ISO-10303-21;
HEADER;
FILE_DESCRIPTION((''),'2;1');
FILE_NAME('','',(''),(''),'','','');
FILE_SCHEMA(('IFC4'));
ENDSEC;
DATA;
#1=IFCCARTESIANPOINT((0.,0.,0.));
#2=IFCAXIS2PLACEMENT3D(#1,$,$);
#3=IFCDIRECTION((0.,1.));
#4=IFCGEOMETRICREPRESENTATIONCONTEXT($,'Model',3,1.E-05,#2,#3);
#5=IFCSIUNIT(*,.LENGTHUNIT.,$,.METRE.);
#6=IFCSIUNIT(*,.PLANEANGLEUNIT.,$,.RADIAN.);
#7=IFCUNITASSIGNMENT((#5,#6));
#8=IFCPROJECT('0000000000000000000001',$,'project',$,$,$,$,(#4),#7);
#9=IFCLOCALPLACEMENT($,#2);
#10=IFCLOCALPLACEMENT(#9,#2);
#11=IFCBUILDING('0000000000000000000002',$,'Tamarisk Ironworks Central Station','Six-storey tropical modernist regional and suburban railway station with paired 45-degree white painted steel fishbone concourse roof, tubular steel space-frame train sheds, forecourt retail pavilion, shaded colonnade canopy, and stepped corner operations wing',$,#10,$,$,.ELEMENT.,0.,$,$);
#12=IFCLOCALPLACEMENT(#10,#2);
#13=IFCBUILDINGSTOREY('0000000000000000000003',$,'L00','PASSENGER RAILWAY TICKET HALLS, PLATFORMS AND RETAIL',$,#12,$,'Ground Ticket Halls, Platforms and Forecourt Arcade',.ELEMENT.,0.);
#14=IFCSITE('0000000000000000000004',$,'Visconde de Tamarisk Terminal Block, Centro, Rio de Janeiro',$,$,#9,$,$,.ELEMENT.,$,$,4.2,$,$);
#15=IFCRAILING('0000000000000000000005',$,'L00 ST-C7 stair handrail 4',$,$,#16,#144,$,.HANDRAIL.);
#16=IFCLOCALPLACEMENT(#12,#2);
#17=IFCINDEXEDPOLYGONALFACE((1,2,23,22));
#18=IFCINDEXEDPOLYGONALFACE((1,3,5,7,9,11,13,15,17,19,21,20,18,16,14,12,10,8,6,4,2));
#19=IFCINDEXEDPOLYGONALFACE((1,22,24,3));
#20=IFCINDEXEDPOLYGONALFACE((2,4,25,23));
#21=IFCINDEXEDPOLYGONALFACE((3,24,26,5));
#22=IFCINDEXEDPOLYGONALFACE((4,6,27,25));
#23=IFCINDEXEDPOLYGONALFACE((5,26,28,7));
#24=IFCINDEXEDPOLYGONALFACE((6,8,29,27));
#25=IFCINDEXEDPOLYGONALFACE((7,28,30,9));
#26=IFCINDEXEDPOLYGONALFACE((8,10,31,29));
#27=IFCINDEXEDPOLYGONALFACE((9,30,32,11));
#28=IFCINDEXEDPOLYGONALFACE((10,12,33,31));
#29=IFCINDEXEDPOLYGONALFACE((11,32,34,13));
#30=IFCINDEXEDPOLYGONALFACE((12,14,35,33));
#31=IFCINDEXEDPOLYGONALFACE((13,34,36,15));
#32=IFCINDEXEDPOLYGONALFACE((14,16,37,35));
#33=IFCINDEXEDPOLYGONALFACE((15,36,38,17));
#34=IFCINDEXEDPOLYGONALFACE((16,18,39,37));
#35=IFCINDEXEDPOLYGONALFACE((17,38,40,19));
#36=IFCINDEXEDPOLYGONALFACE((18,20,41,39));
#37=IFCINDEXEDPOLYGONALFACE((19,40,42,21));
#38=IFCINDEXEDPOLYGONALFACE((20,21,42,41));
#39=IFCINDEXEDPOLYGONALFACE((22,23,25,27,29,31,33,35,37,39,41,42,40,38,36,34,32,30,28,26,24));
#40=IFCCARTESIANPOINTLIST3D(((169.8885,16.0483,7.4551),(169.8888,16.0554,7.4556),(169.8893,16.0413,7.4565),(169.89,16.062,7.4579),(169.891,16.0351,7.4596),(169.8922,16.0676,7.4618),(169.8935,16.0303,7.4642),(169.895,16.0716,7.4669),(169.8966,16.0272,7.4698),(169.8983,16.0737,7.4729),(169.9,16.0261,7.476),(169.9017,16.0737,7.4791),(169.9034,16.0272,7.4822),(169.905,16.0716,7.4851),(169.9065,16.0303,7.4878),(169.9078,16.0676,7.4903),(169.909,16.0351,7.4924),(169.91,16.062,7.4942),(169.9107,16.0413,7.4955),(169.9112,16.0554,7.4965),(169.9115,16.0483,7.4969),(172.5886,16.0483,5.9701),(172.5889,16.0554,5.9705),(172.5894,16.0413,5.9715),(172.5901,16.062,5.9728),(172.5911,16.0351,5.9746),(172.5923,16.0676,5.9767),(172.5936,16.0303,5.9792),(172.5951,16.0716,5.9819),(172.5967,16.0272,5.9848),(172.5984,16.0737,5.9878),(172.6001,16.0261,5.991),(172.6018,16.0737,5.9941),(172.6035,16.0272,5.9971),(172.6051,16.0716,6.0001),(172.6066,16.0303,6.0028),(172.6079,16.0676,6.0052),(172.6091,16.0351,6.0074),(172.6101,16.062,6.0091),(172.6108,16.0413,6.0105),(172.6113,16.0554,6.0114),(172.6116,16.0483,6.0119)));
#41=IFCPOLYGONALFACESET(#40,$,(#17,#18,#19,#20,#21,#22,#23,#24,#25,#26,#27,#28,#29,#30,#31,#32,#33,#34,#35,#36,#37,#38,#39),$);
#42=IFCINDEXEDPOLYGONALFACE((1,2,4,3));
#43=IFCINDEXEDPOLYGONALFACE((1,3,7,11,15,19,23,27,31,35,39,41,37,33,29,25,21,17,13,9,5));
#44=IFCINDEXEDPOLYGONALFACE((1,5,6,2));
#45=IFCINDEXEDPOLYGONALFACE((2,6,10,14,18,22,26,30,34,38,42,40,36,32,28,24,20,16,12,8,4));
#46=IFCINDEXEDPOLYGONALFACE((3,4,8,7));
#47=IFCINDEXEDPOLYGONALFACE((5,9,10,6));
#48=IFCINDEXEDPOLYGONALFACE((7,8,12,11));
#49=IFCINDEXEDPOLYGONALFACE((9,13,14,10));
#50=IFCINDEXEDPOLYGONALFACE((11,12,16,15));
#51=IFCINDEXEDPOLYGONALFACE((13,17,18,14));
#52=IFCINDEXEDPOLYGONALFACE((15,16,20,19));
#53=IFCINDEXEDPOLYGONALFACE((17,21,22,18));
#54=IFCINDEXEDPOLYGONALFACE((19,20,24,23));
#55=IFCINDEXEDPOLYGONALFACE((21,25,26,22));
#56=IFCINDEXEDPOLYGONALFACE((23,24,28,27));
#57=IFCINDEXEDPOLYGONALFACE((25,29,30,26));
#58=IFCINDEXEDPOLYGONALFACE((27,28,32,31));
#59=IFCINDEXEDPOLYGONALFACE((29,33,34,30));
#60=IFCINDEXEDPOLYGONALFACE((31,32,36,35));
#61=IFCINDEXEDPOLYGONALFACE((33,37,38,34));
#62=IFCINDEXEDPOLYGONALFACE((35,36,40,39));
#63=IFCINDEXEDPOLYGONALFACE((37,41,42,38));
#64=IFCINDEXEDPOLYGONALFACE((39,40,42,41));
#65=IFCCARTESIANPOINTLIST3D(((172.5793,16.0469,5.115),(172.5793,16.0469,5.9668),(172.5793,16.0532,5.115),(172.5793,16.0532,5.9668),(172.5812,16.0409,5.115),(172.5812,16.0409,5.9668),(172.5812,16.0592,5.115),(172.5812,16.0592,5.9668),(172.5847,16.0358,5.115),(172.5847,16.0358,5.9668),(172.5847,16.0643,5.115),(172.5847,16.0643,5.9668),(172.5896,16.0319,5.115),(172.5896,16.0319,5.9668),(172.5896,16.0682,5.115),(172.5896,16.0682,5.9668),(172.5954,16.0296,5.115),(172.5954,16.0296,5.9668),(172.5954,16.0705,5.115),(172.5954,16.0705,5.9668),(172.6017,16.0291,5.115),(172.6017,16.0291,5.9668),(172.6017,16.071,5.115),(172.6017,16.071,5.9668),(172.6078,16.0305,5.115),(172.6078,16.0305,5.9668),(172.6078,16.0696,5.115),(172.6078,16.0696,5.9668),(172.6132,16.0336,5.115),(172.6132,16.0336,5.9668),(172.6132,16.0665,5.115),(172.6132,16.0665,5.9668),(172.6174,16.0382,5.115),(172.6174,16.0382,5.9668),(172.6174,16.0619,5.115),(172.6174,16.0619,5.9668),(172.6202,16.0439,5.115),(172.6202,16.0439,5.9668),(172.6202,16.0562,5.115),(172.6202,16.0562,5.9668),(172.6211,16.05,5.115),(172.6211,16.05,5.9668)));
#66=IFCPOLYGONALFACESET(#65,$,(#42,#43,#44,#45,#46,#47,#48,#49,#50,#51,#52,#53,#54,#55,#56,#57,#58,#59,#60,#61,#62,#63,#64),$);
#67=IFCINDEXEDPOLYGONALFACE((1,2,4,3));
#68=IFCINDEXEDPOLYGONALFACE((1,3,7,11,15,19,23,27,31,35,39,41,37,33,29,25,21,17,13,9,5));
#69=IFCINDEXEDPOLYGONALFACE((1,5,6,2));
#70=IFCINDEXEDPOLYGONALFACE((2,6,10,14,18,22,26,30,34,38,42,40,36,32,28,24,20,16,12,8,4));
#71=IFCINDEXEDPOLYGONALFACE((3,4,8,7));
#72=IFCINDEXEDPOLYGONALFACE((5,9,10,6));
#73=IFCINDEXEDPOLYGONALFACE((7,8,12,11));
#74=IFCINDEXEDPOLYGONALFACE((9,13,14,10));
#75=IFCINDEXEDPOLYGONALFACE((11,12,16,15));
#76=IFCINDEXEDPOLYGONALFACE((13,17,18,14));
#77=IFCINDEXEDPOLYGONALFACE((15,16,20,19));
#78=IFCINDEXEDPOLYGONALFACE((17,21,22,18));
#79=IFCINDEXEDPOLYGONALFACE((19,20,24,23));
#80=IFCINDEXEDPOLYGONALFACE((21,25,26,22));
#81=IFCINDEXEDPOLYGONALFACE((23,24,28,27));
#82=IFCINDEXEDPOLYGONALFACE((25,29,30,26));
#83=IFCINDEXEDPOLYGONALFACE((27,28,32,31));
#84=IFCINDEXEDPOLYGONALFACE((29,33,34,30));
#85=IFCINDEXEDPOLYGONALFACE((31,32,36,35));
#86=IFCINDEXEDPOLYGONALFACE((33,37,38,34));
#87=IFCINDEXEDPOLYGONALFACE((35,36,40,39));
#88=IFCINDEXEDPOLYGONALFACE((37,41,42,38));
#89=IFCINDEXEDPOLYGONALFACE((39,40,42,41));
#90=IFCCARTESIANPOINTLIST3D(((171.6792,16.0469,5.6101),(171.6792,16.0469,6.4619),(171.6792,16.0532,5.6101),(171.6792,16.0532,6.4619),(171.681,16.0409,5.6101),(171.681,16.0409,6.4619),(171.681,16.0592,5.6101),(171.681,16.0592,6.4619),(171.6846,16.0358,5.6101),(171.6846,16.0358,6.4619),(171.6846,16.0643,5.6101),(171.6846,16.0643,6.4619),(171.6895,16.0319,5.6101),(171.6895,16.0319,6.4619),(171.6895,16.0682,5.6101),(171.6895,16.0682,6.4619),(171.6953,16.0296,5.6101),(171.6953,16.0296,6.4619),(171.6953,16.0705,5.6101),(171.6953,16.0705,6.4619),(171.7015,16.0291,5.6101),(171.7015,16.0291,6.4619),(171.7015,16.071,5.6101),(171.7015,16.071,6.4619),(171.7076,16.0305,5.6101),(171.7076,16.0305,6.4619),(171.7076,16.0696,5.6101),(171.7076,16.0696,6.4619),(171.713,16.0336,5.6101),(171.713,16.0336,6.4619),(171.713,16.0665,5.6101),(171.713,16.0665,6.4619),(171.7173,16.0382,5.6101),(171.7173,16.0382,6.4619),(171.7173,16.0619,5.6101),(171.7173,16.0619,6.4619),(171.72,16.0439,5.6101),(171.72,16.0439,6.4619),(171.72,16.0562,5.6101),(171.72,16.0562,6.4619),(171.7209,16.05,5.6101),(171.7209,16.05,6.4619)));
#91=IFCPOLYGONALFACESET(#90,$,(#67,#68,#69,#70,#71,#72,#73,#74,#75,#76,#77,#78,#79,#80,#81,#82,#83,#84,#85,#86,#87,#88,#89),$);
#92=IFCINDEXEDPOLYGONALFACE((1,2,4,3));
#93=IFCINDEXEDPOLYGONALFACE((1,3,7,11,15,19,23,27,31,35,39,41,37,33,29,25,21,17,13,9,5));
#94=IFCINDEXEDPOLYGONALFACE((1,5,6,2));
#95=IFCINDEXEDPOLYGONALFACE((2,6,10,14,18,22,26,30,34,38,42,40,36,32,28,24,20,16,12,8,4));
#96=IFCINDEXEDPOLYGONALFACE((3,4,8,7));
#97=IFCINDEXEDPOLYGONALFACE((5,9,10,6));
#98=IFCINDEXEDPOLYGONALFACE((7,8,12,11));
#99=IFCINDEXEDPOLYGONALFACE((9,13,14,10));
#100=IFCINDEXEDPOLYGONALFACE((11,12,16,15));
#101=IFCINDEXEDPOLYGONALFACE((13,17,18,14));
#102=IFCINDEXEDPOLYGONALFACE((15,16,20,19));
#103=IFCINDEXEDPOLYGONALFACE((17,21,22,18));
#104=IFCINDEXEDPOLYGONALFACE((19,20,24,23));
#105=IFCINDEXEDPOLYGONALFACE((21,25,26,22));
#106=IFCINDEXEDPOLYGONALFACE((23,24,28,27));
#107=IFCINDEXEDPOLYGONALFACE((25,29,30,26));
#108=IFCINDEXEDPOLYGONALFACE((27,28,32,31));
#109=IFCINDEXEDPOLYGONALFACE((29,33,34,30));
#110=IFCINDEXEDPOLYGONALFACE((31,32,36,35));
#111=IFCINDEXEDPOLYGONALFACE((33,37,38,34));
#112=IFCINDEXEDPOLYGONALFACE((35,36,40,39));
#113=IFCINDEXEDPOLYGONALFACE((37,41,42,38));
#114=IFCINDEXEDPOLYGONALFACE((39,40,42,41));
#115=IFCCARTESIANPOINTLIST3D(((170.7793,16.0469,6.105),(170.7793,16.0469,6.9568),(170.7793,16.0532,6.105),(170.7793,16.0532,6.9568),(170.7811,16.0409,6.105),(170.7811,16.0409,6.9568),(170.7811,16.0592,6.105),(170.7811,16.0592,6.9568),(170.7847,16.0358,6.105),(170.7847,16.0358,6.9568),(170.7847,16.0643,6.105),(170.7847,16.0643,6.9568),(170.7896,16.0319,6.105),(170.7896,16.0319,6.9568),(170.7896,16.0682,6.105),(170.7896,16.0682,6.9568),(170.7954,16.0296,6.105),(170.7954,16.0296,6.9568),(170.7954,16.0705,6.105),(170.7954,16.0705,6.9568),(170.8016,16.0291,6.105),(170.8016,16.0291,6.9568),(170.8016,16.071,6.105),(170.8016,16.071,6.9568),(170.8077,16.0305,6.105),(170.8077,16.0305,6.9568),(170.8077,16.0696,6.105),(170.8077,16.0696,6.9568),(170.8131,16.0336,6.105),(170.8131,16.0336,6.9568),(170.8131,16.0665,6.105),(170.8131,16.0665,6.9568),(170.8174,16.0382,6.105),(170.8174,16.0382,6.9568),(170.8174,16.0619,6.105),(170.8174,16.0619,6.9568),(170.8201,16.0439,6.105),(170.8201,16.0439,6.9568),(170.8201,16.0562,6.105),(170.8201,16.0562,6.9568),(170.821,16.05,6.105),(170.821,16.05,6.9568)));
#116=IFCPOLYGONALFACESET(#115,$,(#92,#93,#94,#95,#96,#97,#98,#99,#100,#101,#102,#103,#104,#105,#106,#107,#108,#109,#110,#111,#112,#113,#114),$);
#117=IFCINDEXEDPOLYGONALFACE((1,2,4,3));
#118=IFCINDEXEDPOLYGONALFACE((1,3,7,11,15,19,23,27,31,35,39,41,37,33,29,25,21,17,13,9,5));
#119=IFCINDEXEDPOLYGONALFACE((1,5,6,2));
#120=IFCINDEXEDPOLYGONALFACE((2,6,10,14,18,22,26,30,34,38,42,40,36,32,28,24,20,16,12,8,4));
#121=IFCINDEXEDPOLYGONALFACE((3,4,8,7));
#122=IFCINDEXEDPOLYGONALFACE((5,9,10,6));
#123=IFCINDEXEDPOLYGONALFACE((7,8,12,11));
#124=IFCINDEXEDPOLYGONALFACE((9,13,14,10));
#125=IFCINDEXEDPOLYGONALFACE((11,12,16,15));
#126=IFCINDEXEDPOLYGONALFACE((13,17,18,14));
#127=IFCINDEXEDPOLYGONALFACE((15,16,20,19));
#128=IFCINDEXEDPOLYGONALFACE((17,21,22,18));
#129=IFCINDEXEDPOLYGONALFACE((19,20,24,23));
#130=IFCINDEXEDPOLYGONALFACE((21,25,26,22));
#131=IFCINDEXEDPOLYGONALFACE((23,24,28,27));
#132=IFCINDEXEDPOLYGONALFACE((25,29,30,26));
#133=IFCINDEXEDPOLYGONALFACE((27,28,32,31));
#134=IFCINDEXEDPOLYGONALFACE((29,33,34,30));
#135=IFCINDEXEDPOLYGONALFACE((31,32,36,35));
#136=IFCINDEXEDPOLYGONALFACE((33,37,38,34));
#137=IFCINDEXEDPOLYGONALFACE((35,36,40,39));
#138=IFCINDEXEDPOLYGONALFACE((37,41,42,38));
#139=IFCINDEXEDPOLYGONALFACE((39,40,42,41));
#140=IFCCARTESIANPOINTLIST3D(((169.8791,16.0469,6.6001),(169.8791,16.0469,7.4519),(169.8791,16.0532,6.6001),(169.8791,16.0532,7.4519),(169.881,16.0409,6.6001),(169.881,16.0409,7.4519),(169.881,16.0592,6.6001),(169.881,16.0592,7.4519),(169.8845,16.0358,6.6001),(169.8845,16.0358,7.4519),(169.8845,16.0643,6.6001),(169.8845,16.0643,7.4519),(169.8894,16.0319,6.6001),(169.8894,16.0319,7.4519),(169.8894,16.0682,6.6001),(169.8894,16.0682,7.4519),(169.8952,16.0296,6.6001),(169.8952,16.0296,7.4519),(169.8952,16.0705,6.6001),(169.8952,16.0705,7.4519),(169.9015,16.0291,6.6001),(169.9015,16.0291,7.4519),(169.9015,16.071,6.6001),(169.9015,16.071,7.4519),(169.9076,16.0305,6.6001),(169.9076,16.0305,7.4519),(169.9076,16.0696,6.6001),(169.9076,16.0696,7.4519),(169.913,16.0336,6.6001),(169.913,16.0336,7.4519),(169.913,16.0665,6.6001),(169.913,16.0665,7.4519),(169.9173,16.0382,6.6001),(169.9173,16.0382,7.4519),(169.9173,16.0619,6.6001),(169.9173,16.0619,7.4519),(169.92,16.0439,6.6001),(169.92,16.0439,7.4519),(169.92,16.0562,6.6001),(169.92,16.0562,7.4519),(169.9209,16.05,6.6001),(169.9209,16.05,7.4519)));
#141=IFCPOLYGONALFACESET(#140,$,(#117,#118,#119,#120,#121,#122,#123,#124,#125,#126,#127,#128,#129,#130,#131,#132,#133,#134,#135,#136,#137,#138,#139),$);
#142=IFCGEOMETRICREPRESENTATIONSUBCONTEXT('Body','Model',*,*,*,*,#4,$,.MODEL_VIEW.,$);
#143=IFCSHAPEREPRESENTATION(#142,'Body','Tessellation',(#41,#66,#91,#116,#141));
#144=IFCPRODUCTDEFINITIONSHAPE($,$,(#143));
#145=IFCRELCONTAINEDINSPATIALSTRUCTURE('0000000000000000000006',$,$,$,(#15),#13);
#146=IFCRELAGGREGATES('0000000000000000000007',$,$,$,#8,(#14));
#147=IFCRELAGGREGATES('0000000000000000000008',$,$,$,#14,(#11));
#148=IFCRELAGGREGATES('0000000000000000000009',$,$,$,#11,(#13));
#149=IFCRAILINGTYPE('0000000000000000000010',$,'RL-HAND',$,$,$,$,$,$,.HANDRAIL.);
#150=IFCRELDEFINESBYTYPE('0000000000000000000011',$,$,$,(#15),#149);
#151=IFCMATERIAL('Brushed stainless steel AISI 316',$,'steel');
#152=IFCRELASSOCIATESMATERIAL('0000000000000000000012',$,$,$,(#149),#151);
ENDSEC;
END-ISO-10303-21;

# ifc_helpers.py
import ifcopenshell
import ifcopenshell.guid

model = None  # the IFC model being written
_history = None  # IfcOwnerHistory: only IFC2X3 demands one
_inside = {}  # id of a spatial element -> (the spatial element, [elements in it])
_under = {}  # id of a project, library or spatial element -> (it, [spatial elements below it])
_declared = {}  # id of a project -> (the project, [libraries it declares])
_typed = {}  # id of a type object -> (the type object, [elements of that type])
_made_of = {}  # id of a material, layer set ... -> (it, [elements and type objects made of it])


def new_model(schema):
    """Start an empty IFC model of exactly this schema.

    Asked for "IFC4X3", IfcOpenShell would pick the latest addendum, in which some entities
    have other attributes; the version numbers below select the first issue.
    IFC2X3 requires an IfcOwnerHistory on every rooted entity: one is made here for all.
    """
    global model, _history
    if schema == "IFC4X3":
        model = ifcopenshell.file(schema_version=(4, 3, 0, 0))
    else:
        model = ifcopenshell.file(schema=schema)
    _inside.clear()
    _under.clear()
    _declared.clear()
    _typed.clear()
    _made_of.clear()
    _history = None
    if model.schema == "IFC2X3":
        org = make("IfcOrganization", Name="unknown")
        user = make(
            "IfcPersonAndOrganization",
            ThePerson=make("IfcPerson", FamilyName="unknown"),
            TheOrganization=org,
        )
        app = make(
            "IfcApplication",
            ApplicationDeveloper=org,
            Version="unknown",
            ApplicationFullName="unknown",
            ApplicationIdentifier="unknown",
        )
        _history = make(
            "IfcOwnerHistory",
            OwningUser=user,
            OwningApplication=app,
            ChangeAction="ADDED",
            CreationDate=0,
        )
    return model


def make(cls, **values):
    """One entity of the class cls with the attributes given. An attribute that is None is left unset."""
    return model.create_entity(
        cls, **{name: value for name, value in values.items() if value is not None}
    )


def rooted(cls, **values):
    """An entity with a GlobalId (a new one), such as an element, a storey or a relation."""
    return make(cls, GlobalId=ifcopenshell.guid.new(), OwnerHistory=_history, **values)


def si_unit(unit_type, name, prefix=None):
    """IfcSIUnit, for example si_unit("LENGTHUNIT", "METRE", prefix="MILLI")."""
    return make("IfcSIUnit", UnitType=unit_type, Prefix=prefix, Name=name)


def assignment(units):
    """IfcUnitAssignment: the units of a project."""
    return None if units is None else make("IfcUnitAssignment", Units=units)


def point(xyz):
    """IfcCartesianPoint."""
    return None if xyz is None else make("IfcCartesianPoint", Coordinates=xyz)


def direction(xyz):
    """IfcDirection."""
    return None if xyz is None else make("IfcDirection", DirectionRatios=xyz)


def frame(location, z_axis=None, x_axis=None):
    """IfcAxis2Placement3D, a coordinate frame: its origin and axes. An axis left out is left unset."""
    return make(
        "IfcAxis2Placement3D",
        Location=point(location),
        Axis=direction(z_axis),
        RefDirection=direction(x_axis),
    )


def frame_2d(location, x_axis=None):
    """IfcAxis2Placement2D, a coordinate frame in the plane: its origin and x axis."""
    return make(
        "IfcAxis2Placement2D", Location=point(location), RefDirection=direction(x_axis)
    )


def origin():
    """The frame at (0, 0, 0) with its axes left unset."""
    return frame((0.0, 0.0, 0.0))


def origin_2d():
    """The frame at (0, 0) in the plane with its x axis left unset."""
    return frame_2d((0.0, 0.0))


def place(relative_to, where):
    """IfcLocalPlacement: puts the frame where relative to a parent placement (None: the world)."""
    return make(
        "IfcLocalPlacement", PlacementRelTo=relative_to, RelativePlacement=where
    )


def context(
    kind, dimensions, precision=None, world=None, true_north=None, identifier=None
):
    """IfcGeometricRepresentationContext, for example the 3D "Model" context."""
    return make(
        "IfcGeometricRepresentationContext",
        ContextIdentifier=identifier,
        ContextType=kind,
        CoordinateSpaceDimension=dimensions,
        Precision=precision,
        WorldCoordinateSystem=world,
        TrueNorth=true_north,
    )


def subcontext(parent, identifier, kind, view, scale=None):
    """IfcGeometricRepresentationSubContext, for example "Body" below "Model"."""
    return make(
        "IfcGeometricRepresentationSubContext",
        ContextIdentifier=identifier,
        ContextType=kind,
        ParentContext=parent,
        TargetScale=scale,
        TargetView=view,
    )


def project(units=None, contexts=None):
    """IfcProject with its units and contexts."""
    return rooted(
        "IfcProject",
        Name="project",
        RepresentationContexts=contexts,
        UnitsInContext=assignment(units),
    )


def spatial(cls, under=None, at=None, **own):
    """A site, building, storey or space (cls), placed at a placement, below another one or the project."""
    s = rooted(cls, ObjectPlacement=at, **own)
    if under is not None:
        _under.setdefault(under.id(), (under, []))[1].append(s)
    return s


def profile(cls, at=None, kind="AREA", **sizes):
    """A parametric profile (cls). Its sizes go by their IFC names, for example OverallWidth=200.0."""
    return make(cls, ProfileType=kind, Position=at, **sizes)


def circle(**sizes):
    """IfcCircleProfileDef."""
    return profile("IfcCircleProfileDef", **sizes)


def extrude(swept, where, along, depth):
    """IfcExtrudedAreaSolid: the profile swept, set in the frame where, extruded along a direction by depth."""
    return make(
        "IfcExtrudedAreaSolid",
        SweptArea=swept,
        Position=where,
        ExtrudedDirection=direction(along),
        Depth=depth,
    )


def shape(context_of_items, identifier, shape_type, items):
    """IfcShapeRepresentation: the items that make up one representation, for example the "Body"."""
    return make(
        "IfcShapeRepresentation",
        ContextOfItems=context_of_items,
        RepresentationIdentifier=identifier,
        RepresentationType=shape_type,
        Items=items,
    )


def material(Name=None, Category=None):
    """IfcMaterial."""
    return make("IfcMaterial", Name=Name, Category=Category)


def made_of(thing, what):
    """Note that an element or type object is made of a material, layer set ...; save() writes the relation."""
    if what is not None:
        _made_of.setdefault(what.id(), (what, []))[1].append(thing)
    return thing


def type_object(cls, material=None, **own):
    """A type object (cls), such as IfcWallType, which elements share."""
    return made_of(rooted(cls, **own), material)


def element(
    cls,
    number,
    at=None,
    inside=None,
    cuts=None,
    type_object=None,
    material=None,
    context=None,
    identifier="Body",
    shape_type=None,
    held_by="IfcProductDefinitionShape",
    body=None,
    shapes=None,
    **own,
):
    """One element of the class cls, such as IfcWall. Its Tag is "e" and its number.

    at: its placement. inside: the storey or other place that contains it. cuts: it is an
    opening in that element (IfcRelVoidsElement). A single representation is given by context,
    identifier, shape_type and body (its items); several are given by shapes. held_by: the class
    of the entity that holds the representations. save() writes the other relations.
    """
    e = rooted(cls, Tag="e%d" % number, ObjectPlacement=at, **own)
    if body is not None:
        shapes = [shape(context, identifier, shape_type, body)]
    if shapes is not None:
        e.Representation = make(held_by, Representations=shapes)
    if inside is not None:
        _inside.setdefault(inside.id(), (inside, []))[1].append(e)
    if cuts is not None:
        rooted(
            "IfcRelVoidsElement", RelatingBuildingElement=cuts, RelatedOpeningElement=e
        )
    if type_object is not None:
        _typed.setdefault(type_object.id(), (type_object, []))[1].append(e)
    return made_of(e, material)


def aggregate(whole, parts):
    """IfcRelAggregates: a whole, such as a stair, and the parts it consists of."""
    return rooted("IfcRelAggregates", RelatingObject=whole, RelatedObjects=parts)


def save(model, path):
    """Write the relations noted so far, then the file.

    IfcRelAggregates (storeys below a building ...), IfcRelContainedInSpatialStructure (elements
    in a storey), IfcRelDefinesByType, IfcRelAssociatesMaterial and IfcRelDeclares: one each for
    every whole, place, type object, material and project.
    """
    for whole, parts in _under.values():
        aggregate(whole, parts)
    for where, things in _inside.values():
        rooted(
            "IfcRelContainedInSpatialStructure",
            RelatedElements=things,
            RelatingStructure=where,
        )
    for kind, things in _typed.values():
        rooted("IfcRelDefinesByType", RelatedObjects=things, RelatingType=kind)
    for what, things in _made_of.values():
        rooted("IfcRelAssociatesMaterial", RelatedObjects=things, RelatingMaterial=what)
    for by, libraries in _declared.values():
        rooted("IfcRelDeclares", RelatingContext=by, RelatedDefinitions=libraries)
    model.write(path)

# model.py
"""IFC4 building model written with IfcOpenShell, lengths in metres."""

from ifc_helpers import new_model, si_unit, direction, frame, origin, origin_2d, place, context, subcontext, project, spatial, circle, extrude, material, type_object, element, save


model = new_model("IFC4")

# Units and contexts
model_context = context("Model", 3, precision=1e-05, world=origin(), true_north=direction((0.0, 1.0)))
body_context = subcontext(model_context, "Body", "Model", "MODEL_VIEW")
ifc_project = project(units=[si_unit("LENGTHUNIT", "METRE"), si_unit("PLANEANGLEUNIT", "RADIAN")], contexts=[model_context])

# Site, building, storey
site_placement = place(None, origin())
site = spatial("IfcSite", under=ifc_project, at=site_placement, Name="Visconde de Tamarisk Terminal Block, Centro, Rio de Janeiro", CompositionType="ELEMENT", RefElevation=4.2)
building_placement = place(site_placement, origin())
building = spatial("IfcBuilding", under=site, at=building_placement, Name="Tamarisk Ironworks Central Station", Description="Six-storey tropical modernist regional and suburban railway station with paired 45-degree white painted steel fishbone concourse roof, tubular steel space-frame train sheds, forecourt retail pavilion, shaded colonnade canopy, and stepped corner operations wing", CompositionType="ELEMENT", ElevationOfRefHeight=0.0)
storey_placement = place(building_placement, origin())
storey = spatial("IfcBuildingStorey", under=building, at=storey_placement, Name="L00", Description="PASSENGER RAILWAY TICKET HALLS, PLATFORMS AND RETAIL", LongName="Ground Ticket Halls, Platforms and Forecourt Arcade", CompositionType="ELEMENT", Elevation=0.0)

# Railing
ifc_material_1 = material(Name="Brushed stainless steel AISI 316", Category="steel")
railing_type_1 = type_object("IfcRailingType", Name="RL-HAND", PredefinedType="HANDRAIL", material=ifc_material_1)
railing_1_placement = place(storey_placement, frame((172.6001, 16.05, 5.115)))
element("IfcRailing", 1, at=railing_1_placement, inside=storey, type_object=railing_type_1, Name="L00 ST-C7 stair handrail 4", PredefinedType="HANDRAIL", context=body_context, shape_type="SweptSolid", body=[
    extrude(circle(Radius=0.0239, at=origin_2d()), frame((0.0, 0.0, 0.876), z_axis=(-0.876216, 0.0, 0.481919), x_axis=(0.0, -1.0, 0.0)), (0.0, 0.0, 1.0), 3.0815),
    extrude(circle(Radius=0.021, at=origin_2d()), origin(), (0.0, 0.0, 1.0), 0.8518),
    extrude(circle(Radius=0.021, at=origin_2d()), frame((-0.9001, 0.0, 0.4951)), (0.0, 0.0, 1.0), 0.8518),
    extrude(circle(Radius=0.021, at=origin_2d()), frame((-1.8, 0.0, 0.99)), (0.0, 0.0, 1.0), 0.8518),
    extrude(circle(Radius=0.021, at=origin_2d()), frame((-2.7002, 0.0, 1.4851)), (0.0, 0.0, 1.0), 0.8518),
])

save(model, "model.ifc")
